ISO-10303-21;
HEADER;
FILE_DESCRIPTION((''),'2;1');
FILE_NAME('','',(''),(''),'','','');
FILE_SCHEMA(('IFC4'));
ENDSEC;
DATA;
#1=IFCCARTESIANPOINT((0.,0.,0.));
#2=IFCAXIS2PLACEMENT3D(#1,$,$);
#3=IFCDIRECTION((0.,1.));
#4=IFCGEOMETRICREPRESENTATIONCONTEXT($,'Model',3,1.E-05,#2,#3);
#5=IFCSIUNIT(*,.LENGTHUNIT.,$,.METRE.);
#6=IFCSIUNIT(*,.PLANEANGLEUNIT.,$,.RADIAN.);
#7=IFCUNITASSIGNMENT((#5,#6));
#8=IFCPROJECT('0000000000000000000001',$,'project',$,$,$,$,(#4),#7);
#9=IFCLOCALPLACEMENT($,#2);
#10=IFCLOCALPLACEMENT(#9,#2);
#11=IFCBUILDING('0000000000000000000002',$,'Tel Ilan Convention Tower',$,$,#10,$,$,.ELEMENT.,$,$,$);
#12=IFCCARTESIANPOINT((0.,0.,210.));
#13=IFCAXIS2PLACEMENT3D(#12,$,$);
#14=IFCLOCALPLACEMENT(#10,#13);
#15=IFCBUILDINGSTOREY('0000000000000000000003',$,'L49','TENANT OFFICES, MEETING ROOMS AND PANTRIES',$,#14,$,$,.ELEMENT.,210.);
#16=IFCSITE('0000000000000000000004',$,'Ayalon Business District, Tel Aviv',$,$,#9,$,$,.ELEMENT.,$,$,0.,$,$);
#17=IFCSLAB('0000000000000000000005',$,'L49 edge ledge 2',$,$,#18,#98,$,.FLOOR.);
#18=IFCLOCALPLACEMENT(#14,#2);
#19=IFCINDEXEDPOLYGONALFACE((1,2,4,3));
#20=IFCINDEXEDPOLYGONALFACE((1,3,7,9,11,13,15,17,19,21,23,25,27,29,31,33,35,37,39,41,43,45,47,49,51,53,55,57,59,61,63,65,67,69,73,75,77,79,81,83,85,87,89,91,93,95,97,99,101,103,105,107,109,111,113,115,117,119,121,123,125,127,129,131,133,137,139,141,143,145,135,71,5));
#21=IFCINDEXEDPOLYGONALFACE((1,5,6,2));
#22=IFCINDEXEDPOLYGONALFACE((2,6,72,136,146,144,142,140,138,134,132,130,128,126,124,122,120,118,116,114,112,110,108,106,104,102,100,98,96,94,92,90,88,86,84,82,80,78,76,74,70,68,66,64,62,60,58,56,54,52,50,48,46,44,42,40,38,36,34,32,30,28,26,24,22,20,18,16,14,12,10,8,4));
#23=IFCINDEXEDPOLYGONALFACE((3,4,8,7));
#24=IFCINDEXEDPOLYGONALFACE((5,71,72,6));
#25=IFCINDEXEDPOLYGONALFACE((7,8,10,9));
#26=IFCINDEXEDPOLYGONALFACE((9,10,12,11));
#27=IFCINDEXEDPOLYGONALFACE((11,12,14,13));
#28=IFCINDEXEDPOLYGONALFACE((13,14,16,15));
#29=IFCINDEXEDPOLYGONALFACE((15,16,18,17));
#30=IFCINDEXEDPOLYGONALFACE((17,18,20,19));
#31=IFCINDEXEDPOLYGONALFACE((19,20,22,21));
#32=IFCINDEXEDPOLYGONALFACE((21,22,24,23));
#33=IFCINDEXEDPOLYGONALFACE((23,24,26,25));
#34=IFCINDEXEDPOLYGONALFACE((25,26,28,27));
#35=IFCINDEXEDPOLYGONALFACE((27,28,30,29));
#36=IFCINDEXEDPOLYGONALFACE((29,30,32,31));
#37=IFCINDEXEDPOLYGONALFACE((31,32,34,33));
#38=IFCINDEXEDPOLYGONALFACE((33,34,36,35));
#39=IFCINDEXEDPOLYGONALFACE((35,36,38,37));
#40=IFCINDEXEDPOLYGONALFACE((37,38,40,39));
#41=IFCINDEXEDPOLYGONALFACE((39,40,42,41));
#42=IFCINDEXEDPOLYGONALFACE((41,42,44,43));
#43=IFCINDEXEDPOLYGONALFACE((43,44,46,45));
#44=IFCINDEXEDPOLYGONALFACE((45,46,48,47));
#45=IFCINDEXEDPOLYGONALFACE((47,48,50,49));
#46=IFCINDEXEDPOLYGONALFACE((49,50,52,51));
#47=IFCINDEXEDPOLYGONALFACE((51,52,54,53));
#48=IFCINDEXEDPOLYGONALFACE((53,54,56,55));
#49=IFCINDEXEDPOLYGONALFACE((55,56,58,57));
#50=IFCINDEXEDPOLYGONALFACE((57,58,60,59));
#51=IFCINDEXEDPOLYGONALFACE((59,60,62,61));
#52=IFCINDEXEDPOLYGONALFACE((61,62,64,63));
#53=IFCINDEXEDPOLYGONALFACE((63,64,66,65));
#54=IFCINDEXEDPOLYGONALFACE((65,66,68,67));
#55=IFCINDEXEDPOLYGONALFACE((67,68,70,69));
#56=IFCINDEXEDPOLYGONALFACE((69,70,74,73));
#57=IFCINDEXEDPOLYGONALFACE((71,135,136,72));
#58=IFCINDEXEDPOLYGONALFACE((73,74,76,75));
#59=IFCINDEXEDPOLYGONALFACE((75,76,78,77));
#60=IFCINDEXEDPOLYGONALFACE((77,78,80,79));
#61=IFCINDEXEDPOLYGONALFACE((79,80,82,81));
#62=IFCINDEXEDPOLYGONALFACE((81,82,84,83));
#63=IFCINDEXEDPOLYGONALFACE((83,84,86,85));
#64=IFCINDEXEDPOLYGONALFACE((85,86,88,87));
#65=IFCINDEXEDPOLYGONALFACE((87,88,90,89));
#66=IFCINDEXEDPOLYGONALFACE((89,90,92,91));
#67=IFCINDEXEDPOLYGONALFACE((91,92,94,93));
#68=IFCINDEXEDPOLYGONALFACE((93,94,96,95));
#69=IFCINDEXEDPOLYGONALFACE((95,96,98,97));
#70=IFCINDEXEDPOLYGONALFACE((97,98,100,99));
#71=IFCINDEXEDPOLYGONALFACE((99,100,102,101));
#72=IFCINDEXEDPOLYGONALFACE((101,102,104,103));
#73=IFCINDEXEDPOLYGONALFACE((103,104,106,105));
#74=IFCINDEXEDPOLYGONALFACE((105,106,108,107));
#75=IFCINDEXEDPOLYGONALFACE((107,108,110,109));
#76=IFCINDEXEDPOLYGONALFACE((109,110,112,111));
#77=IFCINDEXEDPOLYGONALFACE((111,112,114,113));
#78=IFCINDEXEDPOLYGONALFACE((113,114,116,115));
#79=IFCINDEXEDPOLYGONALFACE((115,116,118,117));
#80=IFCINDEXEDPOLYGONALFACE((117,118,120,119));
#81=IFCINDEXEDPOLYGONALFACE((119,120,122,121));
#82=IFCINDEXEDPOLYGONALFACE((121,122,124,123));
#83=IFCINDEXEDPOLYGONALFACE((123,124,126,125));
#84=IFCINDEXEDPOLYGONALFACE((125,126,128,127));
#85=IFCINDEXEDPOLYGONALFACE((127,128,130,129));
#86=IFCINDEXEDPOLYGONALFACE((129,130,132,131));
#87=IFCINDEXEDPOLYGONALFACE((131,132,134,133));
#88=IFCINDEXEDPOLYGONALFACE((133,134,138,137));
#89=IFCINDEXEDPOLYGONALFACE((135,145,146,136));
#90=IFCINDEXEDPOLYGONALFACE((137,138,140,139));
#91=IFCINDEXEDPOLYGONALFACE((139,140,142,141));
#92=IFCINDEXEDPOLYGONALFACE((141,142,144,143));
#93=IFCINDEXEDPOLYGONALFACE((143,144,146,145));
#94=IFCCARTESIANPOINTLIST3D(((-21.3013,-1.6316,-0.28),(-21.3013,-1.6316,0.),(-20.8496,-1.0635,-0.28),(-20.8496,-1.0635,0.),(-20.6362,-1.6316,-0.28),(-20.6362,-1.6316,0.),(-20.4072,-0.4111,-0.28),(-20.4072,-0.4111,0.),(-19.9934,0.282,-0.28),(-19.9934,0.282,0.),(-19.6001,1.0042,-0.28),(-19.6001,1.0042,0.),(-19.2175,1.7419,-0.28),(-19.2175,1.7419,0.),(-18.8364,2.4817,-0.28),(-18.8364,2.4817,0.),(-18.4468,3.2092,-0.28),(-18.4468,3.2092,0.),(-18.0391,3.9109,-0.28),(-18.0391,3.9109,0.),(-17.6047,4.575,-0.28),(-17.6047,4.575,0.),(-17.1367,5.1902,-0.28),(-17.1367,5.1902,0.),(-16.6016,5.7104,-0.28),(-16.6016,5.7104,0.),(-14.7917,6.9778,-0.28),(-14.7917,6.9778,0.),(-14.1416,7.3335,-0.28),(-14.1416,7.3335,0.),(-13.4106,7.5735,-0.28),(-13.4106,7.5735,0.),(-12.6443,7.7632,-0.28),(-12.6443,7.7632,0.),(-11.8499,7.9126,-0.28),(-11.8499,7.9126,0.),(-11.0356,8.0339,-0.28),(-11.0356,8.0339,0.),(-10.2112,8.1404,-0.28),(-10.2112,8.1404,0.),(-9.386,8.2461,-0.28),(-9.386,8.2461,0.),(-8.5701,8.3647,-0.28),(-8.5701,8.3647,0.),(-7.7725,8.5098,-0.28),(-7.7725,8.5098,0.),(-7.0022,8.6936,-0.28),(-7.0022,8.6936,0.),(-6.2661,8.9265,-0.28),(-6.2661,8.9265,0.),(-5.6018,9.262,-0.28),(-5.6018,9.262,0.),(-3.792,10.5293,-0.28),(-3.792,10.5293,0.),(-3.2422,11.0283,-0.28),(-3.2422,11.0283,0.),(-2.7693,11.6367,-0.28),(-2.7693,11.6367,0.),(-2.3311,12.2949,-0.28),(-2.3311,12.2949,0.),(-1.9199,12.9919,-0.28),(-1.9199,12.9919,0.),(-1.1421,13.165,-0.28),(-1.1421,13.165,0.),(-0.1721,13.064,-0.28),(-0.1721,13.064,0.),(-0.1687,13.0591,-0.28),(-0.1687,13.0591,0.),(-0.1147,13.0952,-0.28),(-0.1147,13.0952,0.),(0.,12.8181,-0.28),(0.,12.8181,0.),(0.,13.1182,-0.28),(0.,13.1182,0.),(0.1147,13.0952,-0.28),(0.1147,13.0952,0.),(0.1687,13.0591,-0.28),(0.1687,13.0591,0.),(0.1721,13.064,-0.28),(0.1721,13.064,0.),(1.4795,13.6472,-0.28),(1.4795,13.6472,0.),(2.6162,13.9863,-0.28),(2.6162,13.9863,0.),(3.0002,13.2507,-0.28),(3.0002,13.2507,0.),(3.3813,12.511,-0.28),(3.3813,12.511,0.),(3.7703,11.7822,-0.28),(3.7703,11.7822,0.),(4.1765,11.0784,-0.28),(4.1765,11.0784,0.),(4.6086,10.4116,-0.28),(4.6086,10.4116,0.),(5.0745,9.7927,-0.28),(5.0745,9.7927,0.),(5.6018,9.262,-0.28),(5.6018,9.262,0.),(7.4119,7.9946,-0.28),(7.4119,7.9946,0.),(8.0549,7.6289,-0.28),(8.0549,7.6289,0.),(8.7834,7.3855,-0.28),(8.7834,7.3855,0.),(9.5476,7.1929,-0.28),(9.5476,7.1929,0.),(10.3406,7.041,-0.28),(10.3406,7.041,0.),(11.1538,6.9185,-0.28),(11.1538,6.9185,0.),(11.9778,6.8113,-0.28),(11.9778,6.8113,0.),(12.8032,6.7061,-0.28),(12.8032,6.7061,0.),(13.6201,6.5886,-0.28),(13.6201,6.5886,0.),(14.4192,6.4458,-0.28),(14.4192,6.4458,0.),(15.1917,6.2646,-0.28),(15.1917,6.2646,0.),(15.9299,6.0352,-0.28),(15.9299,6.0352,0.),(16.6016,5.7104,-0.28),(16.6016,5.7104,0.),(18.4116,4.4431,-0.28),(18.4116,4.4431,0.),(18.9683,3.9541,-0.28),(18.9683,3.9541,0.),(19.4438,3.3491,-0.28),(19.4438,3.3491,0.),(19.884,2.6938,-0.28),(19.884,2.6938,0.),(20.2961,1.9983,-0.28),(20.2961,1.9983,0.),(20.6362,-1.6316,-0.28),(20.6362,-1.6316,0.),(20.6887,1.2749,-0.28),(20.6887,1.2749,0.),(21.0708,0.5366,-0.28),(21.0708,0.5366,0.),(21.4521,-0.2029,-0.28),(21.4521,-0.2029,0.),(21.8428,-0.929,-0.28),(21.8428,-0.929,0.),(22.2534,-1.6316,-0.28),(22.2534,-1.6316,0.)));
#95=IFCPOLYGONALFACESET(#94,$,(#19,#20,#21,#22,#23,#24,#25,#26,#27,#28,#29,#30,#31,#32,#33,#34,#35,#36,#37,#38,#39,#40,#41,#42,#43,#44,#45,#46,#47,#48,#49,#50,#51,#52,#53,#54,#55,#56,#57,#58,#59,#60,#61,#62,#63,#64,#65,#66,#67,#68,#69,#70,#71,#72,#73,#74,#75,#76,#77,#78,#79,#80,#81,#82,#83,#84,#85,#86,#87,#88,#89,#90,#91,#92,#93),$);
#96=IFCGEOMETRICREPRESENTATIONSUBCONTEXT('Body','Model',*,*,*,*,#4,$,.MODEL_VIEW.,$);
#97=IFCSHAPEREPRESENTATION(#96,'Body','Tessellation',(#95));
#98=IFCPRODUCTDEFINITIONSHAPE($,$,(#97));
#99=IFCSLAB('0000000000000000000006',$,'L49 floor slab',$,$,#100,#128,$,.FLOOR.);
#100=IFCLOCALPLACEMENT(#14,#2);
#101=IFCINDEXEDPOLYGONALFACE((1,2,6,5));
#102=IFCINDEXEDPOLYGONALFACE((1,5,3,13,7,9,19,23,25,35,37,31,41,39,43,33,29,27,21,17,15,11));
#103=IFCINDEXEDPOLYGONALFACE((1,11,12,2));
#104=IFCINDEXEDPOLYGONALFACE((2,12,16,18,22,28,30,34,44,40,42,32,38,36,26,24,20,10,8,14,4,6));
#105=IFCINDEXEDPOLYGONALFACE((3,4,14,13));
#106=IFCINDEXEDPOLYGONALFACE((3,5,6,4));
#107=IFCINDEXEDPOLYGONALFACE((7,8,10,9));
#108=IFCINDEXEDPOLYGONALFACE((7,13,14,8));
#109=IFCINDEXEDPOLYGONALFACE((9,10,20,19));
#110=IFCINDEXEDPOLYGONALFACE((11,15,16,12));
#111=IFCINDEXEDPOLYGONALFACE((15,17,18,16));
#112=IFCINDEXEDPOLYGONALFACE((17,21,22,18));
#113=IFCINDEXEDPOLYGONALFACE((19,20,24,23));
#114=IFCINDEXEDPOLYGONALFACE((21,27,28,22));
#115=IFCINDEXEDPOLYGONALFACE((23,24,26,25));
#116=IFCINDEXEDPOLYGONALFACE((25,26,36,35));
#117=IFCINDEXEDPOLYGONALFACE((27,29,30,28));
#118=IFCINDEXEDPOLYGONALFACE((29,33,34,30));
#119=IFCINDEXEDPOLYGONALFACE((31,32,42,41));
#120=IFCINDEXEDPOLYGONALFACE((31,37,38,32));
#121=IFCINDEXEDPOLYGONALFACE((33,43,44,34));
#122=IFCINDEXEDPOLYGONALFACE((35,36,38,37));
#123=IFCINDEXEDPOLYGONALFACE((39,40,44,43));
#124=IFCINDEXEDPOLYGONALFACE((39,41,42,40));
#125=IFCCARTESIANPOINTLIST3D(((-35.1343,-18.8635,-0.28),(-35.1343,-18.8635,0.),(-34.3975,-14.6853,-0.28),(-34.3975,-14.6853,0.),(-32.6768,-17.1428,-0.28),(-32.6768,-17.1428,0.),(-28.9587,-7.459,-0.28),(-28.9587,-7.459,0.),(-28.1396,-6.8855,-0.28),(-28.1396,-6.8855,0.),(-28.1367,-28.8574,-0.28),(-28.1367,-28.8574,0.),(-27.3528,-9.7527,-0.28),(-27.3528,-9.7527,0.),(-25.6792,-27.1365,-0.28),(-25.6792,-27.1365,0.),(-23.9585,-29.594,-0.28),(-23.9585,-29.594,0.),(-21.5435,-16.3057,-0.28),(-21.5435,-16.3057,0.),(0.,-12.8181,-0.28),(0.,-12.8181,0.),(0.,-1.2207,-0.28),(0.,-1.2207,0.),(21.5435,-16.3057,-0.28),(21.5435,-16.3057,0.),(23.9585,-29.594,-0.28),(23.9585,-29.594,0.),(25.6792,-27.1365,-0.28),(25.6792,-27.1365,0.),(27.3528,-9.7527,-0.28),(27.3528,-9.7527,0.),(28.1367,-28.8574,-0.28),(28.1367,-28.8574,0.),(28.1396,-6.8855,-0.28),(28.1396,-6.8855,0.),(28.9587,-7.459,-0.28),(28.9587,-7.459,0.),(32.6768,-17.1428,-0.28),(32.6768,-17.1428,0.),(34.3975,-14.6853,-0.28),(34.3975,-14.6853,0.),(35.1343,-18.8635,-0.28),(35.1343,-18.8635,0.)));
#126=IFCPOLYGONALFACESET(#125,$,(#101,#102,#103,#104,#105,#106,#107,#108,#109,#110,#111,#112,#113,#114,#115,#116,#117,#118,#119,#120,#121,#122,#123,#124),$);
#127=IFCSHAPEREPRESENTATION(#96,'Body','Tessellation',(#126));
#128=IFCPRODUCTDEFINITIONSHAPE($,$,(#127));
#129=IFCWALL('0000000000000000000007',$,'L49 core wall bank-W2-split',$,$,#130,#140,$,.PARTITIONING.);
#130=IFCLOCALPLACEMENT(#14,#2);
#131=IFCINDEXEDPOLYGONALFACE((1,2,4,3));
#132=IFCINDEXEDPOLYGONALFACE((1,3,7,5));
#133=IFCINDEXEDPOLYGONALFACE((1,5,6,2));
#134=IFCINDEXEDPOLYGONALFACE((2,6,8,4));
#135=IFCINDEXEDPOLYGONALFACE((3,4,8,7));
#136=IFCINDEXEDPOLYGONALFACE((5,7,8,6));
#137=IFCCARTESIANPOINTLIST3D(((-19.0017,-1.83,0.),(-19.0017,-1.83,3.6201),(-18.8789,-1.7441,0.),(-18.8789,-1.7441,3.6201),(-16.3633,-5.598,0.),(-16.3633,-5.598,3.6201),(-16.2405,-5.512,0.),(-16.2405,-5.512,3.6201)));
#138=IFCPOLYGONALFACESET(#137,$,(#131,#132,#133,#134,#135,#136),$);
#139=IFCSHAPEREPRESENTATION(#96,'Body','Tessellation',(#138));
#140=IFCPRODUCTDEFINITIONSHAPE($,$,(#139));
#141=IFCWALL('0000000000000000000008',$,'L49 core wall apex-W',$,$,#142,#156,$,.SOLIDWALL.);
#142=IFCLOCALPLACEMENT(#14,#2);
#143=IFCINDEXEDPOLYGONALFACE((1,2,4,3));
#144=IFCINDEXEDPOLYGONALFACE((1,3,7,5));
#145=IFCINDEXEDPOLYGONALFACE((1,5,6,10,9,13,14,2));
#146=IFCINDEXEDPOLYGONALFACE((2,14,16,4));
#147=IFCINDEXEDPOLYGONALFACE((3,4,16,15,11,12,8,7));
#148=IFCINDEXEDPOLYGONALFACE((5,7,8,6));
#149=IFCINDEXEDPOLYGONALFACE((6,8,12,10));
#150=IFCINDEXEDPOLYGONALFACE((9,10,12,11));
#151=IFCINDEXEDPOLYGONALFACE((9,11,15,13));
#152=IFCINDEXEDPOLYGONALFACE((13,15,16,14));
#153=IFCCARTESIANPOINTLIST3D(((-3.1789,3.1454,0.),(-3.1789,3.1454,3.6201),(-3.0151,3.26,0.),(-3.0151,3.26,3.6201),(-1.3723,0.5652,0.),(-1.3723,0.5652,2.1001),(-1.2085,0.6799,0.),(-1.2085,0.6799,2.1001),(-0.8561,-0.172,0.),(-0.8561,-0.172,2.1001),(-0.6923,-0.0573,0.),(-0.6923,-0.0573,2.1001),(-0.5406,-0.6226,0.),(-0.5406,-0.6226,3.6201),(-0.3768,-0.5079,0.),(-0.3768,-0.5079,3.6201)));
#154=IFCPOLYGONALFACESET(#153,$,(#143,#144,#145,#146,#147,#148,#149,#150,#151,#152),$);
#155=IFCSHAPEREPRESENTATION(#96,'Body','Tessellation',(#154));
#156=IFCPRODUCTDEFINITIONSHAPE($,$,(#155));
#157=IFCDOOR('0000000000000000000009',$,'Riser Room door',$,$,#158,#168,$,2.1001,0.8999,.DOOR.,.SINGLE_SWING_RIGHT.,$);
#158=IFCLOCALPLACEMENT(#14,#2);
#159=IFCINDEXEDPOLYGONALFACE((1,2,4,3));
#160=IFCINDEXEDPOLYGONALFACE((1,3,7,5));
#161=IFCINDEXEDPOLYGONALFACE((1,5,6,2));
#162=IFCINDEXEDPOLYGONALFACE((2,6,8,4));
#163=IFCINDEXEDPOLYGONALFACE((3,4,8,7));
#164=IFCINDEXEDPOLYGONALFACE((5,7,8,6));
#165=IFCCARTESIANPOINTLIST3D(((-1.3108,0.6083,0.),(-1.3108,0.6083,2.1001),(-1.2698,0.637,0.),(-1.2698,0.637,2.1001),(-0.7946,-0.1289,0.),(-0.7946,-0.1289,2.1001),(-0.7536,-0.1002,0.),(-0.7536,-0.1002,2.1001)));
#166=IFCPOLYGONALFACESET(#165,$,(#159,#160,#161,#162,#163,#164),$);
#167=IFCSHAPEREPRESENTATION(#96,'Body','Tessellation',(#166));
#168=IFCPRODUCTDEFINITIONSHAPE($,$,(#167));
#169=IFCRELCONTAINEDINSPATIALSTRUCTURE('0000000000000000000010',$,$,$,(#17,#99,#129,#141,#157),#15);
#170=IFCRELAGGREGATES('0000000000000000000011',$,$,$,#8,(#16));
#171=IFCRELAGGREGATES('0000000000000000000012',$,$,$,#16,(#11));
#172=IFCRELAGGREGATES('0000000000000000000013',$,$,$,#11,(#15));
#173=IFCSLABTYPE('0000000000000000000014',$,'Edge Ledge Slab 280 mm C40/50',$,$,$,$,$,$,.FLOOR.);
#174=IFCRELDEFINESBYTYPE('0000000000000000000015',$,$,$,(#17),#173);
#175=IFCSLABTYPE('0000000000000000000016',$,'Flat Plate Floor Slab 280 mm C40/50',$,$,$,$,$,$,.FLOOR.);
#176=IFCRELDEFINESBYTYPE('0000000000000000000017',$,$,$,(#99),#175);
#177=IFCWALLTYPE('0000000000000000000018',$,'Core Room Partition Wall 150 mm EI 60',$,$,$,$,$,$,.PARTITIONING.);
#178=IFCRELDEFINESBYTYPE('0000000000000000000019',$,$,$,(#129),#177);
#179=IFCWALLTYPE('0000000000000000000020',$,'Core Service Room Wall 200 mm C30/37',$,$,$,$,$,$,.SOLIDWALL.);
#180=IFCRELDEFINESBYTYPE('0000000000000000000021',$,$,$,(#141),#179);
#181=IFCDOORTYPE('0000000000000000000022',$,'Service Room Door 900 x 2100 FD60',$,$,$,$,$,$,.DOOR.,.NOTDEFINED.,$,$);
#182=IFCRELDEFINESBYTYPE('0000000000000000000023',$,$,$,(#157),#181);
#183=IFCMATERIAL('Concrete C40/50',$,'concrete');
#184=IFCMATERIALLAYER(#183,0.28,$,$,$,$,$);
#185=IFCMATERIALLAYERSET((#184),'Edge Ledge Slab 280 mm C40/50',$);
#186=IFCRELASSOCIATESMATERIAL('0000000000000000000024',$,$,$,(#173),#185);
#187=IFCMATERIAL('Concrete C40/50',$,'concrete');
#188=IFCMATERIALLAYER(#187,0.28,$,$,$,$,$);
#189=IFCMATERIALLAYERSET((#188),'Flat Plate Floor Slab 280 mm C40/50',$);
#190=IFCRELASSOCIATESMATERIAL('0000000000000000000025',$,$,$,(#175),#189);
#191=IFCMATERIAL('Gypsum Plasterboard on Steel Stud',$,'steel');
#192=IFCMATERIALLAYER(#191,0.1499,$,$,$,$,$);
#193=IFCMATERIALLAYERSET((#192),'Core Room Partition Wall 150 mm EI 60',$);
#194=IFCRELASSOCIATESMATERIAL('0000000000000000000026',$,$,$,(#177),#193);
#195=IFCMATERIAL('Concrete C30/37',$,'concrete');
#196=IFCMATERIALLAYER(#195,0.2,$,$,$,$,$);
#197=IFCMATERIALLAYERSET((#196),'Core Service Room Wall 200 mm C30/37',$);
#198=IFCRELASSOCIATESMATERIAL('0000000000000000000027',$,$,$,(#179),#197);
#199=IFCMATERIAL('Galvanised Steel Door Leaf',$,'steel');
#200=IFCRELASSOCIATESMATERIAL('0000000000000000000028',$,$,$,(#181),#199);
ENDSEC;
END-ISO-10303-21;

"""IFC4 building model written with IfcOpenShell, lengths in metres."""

from ifc_helpers import new_model, si_unit, direction, frame, frame_2d, origin, place, context, subcontext, project, spatial, polyline, rectangle, outline, extrude, material, layer, layer_set, type_object, element, fill, save


model = new_model("IFC4")

# Units and contexts
model_context = context("Model", 3, precision=1e-05, world=origin(), true_north=direction((0.0, 1.0)))
body_context = subcontext(model_context, "Body", "Model", "MODEL_VIEW")
ifc_project = project(units=[si_unit("LENGTHUNIT", "METRE"), si_unit("PLANEANGLEUNIT", "RADIAN")], contexts=[model_context])

# Site, building, storey
site_placement = place(None, origin())
site = spatial("IfcSite", under=ifc_project, at=site_placement, Name="Ayalon Business District, Tel Aviv", CompositionType="ELEMENT", RefElevation=0.0)
building_placement = place(site_placement, origin())
building = spatial("IfcBuilding", under=site, at=building_placement, Name="Tel Ilan Convention Tower", CompositionType="ELEMENT")
storey_placement = place(building_placement, frame((0.0, 0.0, 210.0)))
storey = spatial("IfcBuildingStorey", under=building, at=storey_placement, Name="L49", Description="TENANT OFFICES, MEETING ROOMS AND PANTRIES", CompositionType="ELEMENT", Elevation=210.0)

# Slabs
ifc_material_1 = material(Name="Concrete C40/50", Category="concrete")
ifc_layer_1 = layer(ifc_material_1, 0.28)
ifc_layer_set_1 = layer_set([ifc_layer_1], Name="Edge Ledge Slab 280 mm C40/50")
slab_type_1 = type_object("IfcSlabType", Name="Edge Ledge Slab 280 mm C40/50", PredefinedType="FLOOR", material=ifc_layer_set_1)
slab_1_placement = place(storey_placement, frame((0.0, 0.0, -0.28)))
element("IfcSlab", 1, at=slab_1_placement, inside=storey, type_object=slab_type_1, Name="L49 edge ledge 2", PredefinedType="FLOOR", context=body_context, shape_type="SweptSolid", body=[
    extrude(outline(polyline([(-19.6001, 1.0042), (-19.2175, 1.7419), (-18.8364, 2.4817), (-18.4468, 3.2092), (-18.0391, 3.9109), (-17.6047, 4.575), (-17.1367, 5.1902), (-16.6016, 5.7104), (-14.7917, 6.9778), (-14.1416, 7.3335), (-13.4106, 7.5735), (-12.6443, 7.7632), (-11.8499, 7.9126), (-11.0356, 8.0339), (-10.2112, 8.1404), (-9.386, 8.2461), (-8.5701, 8.3647), (-7.7725, 8.5098), (-7.0022, 8.6936), (-6.2661, 8.9265), (-5.6018, 9.262), (-3.792, 10.5293), (-3.2422, 11.0283), (-2.7693, 11.6367), (-2.3311, 12.2949), (-1.9199, 12.9919), (-1.1421, 13.165), (-0.1721, 13.064), (-0.1687, 13.0591), (-0.1147, 13.0952), (0.0, 13.1182), (0.1147, 13.0952), (0.1687, 13.0591), (0.1721, 13.064), (1.4795, 13.6472), (2.6162, 13.9863), (3.0002, 13.2507), (3.3813, 12.511), (3.7703, 11.7822), (4.1765, 11.0784), (4.6086, 10.4116), (5.0745, 9.7927), (5.6018, 9.262), (7.4119, 7.9946), (8.0549, 7.6289), (8.7834, 7.3855), (9.5476, 7.1929), (10.3406, 7.041), (11.1538, 6.9185), (11.9778, 6.8113), (12.8032, 6.7061), (13.6201, 6.5886), (14.4192, 6.4458), (15.1917, 6.2646), (15.9299, 6.0352), (16.6016, 5.7104), (18.4116, 4.4431), (18.9683, 3.9541), (19.4438, 3.3491), (19.884, 2.6938), (20.2961, 1.9983), (20.6887, 1.2749), (21.0708, 0.5366), (21.4521, -0.2029), (21.8428, -0.929), (22.2534, -1.6316), (20.6362, -1.6316), (0.0, 12.8181), (-20.6362, -1.6316), (-21.3013, -1.6316), (-20.8496, -1.0635), (-20.4072, -0.4111), (-19.9934, 0.282), (-19.6001, 1.0042)])), origin(), (0.0, 0.0, 1.0), 0.28),
])
ifc_material_2 = material(Name="Concrete C40/50", Category="concrete")
ifc_layer_2 = layer(ifc_material_2, 0.28)
ifc_layer_set_2 = layer_set([ifc_layer_2], Name="Flat Plate Floor Slab 280 mm C40/50")
slab_type_2 = type_object("IfcSlabType", Name="Flat Plate Floor Slab 280 mm C40/50", PredefinedType="FLOOR", material=ifc_layer_set_2)
slab_2_placement = place(storey_placement, frame((0.0, 0.0, -0.28)))
element("IfcSlab", 2, at=slab_2_placement, inside=storey, type_object=slab_type_2, Name="L49 floor slab", PredefinedType="FLOOR", context=body_context, shape_type="SweptSolid", body=[
    extrude(outline(polyline([(-21.5435, -16.3057), (0.0, -1.2207), (21.5435, -16.3057), (28.1396, -6.8855), (28.9587, -7.459), (27.3528, -9.7527), (34.3975, -14.6853), (32.6768, -17.1428), (35.1343, -18.8635), (28.1367, -28.8574), (25.6792, -27.1365), (23.9585, -29.594), (0.0, -12.8181), (-23.9585, -29.594), (-25.6792, -27.1365), (-28.1367, -28.8574), (-35.1343, -18.8635), (-32.6768, -17.1428), (-34.3975, -14.6853), (-27.3528, -9.7527), (-28.9587, -7.459), (-28.1396, -6.8855), (-21.5435, -16.3057)])), origin(), (0.0, 0.0, 1.0), 0.28),
])

# Wall
ifc_material_3 = material(Name="Gypsum Plasterboard on Steel Stud", Category="steel")
ifc_layer_3 = layer(ifc_material_3, 0.1499)
ifc_layer_set_3 = layer_set([ifc_layer_3], Name="Core Room Partition Wall 150 mm EI 60")
wall_type_1 = type_object("IfcWallType", Name="Core Room Partition Wall 150 mm EI 60", PredefinedType="PARTITIONING", material=ifc_layer_set_3)
wall_1_placement = place(storey_placement, frame((-16.302, -5.5549, 0.0), z_axis=(0.0, 0.0, 1.0), x_axis=(-0.573576, 0.819152, 0.0)))
element("IfcWall", 3, at=wall_1_placement, inside=storey, type_object=wall_type_1, Name="L49 core wall bank-W2-split", PredefinedType="PARTITIONING", context=body_context, shape_type="SweptSolid", body=[
    extrude(rectangle(XDim=4.5999, YDim=0.1499, at=frame_2d((2.2998, 0.0))), origin(), (0.0, 0.0, 1.0), 3.6201),
])

# Wall, opening, door
ifc_material_4 = material(Name="Concrete C30/37", Category="concrete")
ifc_layer_4 = layer(ifc_material_4, 0.2)
ifc_layer_set_4 = layer_set([ifc_layer_4], Name="Core Service Room Wall 200 mm C30/37")
wall_type_2 = type_object("IfcWallType", Name="Core Service Room Wall 200 mm C30/37", PredefinedType="SOLIDWALL", material=ifc_layer_set_4)
wall_2_placement = place(storey_placement, frame((-0.4587, -0.5652, 0.0), z_axis=(0.0, 0.0, 1.0), x_axis=(-0.573576, 0.819152, 0.0)))
wall_2 = element("IfcWall", 4, at=wall_2_placement, inside=storey, type_object=wall_type_2, Name="L49 core wall apex-W", PredefinedType="SOLIDWALL", context=body_context, shape_type="SweptSolid", body=[
    extrude(rectangle(XDim=4.5999, YDim=0.2, at=frame_2d((2.2998, 0.0))), origin(), (0.0, 0.0, 1.0), 3.6201),
])
opening_1_placement = place(wall_2_placement, frame((0.55, 0.0, 0.0)))
opening_1 = element("IfcOpeningElement", 5, at=opening_1_placement, cuts=wall_2, PredefinedType="OPENING", context=body_context, shape_type="SweptSolid", body=[
    extrude(rectangle(XDim=0.8999, YDim=2.1001, at=frame_2d((0.45, 1.05))), frame((0.0, 0.1099, 0.0), z_axis=(0.0, -1.0, 0.0), x_axis=(1.0, 0.0, 0.0)), (0.0, 0.0, 1.0), 0.22),
])
ifc_material_5 = material(Name="Galvanised Steel Door Leaf", Category="steel")
door_type_1 = type_object("IfcDoorType", Name="Service Room Door 900 x 2100 FD60", OperationType="NOTDEFINED", PredefinedType="DOOR", material=ifc_material_5)
door_1_placement = place(opening_1_placement, origin())
door_1 = element("IfcDoor", 6, at=door_1_placement, inside=storey, type_object=door_type_1, Name="Riser Room door", OperationType="SINGLE_SWING_RIGHT", OverallHeight=2.1001, OverallWidth=0.8999, PredefinedType="DOOR", context=body_context, shape_type="SweptSolid", body=[
    extrude(rectangle(XDim=0.8999, YDim=2.1001, at=frame_2d((0.45, 1.05))), frame((0.0, 0.0249, 0.0), z_axis=(0.0, -1.0, 0.0), x_axis=(1.0, 0.0, 0.0)), (0.0, 0.0, 1.0), 0.05),
])
fill(opening_1, door_1)

save(model, "model.ifc")
